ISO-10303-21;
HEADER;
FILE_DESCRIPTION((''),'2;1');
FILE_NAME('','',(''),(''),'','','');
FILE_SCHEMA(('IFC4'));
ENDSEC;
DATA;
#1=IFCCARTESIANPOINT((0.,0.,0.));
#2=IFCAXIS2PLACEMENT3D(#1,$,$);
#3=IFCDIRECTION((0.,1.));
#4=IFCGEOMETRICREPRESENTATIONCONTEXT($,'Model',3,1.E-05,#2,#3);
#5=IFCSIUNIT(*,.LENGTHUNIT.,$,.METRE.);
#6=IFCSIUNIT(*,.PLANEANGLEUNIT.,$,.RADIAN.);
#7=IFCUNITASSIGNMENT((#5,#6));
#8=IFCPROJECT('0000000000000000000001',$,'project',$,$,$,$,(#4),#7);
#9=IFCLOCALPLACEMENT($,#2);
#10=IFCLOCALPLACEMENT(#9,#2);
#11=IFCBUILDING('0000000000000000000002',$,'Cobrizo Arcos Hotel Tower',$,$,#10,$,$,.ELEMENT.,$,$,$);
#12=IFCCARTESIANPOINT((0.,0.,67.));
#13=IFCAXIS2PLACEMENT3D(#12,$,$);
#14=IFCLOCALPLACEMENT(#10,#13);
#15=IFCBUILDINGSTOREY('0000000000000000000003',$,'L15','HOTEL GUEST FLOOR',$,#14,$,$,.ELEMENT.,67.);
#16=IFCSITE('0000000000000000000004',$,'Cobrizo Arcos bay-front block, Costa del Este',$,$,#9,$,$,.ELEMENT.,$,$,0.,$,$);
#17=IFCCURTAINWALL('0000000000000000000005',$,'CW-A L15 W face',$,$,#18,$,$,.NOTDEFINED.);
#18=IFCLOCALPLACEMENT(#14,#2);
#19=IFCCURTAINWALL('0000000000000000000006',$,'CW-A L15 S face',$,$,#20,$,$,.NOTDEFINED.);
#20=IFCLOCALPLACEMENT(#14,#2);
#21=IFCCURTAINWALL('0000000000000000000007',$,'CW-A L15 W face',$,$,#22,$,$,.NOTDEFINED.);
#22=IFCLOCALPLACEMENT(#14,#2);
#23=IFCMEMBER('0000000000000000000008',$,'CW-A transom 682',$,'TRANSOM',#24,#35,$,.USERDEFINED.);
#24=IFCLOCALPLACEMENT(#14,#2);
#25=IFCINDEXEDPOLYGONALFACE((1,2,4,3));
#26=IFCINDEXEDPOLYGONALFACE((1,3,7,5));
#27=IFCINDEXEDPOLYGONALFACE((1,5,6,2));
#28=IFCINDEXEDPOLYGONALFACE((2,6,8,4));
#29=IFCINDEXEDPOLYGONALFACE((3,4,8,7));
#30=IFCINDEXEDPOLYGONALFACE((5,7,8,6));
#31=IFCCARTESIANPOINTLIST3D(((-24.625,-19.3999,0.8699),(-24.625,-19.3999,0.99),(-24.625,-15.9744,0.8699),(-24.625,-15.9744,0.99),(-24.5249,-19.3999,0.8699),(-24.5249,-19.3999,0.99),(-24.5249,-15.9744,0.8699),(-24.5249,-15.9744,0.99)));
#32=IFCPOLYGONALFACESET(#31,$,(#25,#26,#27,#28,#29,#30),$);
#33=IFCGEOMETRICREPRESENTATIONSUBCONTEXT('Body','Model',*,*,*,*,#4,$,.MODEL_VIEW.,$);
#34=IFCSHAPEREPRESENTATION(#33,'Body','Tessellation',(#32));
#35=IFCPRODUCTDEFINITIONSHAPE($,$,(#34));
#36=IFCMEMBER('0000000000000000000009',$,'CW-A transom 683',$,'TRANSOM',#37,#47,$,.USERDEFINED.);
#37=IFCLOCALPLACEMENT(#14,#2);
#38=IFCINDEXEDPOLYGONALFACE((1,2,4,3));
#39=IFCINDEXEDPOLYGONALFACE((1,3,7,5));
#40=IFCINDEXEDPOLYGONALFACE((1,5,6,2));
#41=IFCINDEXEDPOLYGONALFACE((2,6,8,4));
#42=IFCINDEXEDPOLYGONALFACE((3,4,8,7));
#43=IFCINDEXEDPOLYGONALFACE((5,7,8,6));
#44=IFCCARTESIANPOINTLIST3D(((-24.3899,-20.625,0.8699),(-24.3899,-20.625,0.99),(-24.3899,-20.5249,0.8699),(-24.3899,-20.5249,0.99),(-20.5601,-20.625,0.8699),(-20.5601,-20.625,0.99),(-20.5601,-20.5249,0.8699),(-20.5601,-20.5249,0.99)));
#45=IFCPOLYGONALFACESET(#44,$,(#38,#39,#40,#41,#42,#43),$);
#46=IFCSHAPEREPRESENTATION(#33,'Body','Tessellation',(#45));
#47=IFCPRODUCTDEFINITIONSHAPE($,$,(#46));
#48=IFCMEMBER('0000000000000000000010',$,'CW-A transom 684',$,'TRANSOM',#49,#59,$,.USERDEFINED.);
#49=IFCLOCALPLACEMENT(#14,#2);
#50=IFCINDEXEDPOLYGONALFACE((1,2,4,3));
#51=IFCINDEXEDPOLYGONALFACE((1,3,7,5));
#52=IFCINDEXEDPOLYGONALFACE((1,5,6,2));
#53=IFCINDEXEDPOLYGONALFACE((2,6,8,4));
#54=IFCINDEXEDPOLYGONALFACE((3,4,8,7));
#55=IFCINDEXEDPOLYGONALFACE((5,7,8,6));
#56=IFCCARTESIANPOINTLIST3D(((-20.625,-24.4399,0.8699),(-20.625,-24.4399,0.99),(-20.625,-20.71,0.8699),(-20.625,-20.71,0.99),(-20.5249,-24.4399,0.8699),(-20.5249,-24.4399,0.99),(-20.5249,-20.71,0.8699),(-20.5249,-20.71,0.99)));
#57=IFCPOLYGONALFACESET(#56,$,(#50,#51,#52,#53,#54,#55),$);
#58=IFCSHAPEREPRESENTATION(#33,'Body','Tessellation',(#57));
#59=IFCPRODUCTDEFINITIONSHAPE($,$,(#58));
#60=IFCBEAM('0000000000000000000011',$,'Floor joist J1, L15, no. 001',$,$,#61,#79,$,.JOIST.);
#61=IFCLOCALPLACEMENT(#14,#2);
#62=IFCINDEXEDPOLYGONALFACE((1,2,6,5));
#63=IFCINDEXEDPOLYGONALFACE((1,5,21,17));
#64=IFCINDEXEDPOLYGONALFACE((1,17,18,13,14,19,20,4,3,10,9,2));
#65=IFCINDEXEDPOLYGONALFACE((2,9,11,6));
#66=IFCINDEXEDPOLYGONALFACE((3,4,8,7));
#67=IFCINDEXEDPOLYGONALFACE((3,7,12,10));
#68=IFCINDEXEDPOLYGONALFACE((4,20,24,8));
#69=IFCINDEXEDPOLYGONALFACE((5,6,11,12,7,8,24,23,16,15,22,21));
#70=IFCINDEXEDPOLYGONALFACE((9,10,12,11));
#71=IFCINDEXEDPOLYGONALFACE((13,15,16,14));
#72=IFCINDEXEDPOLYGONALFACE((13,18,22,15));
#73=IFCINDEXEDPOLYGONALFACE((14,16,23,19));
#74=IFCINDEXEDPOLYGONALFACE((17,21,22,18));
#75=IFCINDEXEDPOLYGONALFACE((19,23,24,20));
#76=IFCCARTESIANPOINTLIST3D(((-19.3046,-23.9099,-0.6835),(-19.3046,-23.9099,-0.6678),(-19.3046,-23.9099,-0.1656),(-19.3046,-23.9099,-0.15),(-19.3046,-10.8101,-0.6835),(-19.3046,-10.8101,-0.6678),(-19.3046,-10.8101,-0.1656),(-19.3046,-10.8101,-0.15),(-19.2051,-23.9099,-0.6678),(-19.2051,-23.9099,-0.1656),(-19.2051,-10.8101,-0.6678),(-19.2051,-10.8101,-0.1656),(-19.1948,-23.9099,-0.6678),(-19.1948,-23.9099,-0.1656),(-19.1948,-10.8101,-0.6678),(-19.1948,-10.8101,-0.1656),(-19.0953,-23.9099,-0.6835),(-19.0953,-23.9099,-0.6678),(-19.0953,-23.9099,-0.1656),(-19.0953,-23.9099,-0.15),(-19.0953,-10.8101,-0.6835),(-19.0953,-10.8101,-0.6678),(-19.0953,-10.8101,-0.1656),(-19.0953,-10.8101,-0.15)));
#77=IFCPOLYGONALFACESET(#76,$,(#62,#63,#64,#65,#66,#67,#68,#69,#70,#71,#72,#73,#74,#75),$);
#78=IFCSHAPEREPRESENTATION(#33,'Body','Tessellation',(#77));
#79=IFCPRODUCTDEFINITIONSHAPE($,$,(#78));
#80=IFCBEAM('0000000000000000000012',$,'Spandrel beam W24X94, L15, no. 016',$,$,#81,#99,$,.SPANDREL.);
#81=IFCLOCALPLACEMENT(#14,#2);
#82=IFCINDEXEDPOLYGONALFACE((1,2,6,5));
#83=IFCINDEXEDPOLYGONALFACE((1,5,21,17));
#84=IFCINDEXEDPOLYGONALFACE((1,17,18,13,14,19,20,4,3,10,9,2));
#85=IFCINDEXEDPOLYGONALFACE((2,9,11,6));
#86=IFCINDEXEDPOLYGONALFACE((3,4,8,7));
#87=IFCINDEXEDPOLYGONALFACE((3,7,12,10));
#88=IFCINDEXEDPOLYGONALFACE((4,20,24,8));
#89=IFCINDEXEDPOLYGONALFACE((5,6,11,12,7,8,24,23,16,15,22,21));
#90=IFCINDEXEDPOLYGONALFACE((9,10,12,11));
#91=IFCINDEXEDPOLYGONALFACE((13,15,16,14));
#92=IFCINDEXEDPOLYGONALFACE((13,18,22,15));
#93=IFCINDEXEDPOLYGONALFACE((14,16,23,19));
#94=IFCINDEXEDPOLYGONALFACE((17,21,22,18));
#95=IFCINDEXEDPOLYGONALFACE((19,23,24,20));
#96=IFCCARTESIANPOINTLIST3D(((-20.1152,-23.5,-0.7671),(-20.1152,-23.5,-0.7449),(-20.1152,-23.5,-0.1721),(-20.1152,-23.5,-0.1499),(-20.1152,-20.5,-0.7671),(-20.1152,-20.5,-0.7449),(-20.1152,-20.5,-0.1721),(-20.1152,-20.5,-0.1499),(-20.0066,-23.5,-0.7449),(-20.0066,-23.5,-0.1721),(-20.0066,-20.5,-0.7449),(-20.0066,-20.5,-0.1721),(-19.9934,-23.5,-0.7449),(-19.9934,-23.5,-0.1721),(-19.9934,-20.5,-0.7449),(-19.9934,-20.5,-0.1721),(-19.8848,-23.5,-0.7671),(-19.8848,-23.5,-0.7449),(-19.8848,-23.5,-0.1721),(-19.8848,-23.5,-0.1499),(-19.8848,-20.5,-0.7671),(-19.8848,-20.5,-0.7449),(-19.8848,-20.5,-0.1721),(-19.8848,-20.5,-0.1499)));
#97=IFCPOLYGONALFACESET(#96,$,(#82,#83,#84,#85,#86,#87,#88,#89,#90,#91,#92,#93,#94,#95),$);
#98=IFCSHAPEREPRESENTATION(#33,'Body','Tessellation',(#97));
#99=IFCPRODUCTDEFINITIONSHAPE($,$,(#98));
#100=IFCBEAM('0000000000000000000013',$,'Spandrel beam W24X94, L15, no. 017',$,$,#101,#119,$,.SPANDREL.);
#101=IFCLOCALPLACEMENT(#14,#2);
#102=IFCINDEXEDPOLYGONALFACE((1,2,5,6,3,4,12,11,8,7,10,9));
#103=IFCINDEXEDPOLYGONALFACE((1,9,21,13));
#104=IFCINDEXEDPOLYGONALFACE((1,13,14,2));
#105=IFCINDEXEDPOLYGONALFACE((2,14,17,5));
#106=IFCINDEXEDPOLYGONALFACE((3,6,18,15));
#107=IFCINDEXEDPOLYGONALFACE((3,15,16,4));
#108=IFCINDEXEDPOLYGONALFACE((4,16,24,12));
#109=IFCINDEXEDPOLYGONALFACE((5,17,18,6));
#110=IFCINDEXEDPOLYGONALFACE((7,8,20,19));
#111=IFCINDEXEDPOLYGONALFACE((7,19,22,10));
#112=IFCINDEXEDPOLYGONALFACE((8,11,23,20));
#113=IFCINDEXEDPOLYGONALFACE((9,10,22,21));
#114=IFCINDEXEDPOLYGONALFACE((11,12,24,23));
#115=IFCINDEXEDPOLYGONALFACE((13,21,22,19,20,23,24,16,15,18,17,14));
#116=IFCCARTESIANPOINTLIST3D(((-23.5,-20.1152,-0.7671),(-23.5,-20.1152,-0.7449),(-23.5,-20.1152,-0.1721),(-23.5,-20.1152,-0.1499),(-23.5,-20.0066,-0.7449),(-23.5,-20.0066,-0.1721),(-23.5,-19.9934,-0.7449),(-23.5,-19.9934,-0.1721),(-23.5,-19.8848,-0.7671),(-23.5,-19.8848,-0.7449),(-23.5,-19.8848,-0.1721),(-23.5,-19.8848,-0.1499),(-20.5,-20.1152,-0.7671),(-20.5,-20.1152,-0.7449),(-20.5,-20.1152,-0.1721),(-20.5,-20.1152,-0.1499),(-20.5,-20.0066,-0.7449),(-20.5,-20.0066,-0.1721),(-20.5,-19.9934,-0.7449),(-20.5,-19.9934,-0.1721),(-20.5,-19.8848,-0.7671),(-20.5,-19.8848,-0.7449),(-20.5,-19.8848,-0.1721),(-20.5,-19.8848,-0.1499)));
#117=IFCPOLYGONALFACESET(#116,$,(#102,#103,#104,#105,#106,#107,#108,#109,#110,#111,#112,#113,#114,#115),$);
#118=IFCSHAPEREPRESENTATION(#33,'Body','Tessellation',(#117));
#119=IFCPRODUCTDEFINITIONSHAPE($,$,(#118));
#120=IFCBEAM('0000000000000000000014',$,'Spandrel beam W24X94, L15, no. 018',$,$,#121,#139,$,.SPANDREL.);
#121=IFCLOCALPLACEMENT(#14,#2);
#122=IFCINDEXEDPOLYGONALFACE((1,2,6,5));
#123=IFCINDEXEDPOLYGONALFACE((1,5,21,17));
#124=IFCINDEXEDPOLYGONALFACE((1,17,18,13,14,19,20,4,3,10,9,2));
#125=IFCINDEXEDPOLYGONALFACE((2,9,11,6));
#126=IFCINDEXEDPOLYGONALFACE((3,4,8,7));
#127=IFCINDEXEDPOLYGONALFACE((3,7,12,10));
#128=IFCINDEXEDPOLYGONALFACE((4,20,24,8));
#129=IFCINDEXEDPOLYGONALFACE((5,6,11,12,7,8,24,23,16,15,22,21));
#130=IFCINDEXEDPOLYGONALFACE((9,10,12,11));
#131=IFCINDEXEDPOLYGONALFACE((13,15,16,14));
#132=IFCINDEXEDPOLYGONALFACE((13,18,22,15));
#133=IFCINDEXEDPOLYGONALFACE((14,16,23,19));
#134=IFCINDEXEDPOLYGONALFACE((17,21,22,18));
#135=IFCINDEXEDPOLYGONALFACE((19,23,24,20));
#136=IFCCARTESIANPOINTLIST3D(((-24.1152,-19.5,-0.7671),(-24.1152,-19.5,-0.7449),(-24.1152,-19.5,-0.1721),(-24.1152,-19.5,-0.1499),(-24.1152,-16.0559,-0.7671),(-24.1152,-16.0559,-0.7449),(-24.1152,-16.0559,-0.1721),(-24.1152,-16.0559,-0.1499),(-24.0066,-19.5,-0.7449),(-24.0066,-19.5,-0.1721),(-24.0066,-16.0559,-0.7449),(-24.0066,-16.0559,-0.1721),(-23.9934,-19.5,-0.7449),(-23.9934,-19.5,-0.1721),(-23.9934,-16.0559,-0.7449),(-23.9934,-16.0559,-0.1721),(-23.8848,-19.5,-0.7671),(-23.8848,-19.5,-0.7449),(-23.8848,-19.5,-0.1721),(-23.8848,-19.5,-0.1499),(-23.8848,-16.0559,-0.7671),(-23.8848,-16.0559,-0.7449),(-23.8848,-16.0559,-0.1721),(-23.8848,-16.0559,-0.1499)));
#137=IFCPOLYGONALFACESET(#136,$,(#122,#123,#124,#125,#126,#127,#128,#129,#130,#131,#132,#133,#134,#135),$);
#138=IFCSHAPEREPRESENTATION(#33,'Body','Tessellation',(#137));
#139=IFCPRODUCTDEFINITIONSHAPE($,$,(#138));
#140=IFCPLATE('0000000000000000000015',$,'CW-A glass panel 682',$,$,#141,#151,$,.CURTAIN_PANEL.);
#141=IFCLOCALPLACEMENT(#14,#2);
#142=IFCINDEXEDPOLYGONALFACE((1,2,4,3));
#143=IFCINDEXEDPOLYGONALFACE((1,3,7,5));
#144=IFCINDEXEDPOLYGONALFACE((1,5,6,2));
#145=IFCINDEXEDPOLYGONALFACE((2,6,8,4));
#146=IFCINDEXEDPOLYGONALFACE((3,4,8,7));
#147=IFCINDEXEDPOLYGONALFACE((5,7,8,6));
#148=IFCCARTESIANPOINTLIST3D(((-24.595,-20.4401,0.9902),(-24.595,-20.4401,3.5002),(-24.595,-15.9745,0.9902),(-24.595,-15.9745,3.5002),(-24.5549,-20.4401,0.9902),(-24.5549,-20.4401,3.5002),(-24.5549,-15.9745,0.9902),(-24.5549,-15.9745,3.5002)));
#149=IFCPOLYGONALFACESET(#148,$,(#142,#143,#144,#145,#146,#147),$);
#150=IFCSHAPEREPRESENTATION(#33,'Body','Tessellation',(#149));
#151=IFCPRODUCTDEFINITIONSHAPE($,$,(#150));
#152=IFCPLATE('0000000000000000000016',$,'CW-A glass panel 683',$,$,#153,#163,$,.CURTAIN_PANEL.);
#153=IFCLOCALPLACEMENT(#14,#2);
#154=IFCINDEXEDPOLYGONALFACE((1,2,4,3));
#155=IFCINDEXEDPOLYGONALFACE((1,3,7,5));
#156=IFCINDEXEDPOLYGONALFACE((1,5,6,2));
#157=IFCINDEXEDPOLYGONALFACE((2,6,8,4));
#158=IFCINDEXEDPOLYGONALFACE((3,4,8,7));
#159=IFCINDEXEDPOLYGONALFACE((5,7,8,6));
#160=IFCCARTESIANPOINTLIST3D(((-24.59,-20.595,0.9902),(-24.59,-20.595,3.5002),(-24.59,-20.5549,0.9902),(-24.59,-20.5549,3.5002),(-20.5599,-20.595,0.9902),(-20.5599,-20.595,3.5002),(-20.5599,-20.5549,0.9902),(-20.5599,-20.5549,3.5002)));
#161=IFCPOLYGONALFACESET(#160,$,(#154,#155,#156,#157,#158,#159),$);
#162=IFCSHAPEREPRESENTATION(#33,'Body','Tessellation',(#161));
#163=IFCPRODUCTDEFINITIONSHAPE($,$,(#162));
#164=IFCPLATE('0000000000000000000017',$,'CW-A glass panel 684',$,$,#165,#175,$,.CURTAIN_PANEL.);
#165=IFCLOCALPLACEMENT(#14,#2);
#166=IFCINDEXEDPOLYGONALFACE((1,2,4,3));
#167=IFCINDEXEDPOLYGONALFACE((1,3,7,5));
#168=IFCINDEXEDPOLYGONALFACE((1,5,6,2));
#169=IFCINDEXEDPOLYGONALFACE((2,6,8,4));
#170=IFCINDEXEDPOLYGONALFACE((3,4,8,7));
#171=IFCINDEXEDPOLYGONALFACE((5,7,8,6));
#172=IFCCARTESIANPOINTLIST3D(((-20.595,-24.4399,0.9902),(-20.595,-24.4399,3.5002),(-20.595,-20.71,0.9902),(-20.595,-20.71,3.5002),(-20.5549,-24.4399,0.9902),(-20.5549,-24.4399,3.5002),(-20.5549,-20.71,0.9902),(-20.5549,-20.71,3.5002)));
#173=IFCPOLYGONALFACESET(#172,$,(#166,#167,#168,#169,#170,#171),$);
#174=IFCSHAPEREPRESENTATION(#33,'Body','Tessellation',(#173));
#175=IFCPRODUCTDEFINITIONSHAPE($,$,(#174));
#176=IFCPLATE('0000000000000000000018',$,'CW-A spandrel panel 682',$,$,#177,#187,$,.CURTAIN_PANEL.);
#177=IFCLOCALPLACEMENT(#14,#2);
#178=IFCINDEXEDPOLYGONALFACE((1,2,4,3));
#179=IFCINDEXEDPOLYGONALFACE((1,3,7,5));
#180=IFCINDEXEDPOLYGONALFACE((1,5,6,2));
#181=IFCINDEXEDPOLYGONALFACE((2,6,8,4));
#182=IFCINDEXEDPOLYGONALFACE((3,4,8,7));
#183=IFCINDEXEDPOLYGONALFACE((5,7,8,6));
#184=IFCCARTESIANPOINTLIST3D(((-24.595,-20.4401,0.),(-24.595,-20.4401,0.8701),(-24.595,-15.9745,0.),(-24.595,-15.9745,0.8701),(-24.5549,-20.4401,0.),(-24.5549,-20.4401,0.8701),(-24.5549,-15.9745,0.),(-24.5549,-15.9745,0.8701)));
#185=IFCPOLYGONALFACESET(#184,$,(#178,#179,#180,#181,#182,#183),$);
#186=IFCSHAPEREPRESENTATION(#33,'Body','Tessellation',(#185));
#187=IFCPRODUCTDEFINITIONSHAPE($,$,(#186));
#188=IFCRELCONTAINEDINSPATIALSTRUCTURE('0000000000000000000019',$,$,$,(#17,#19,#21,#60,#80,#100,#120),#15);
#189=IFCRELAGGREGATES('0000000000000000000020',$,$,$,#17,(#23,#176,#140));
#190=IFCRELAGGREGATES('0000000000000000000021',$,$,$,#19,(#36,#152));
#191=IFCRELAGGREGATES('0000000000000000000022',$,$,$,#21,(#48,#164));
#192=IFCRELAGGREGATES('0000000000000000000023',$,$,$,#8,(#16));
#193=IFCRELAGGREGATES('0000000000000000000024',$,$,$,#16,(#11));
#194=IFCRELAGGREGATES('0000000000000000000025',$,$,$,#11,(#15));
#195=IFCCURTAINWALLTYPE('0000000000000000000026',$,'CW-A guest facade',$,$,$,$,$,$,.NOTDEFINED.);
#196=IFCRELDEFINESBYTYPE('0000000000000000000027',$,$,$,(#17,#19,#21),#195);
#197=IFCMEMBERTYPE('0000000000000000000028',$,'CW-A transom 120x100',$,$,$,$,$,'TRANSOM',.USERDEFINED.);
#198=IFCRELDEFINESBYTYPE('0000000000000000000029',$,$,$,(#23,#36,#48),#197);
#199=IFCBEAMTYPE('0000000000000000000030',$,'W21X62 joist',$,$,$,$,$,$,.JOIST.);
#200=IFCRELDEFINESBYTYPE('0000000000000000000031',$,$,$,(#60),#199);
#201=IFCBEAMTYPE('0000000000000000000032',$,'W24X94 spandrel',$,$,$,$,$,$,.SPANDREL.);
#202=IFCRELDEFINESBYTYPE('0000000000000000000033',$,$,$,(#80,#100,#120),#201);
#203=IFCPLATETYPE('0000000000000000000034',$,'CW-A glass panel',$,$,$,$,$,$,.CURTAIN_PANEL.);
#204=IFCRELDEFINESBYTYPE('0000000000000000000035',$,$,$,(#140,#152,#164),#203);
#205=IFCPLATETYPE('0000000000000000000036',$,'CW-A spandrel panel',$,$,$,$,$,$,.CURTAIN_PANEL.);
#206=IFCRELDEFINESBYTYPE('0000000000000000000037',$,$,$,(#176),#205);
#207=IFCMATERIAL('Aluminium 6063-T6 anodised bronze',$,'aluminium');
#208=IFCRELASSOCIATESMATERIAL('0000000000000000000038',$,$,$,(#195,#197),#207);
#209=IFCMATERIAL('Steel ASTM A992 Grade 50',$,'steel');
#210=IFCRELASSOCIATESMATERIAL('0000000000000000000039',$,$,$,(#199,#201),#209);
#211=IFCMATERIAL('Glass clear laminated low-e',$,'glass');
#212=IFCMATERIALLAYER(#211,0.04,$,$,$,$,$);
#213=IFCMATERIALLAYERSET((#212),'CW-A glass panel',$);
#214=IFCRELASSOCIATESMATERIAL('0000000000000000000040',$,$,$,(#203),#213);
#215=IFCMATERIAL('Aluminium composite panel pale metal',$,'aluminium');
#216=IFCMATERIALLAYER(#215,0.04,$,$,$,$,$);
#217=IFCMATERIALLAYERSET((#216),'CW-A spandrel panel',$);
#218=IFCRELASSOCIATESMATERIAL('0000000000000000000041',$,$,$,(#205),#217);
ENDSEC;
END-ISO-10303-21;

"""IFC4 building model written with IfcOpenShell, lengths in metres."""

from ifc_helpers import new_model, si_unit, direction, frame, origin, origin_2d, place, context, subcontext, project, spatial, rectangle, i_section, extrude, material, layer, layer_set, material_profile, profile_set, type_object, element, aggregate, save


model = new_model("IFC4")

# Units and contexts
model_context = context("Model", 3, precision=1e-05, world=origin(), true_north=direction((0.0, 1.0)))
body_context = subcontext(model_context, "Body", "Model", "MODEL_VIEW")
ifc_project = project(units=[si_unit("LENGTHUNIT", "METRE"), si_unit("PLANEANGLEUNIT", "RADIAN")], contexts=[model_context])

# Site, building, storey
site_placement = place(None, origin())
site = spatial("IfcSite", under=ifc_project, at=site_placement, Name="Cobrizo Arcos bay-front block, Costa del Este", CompositionType="ELEMENT", RefElevation=0.0)
building_placement = place(site_placement, origin())
building = spatial("IfcBuilding", under=site, at=building_placement, Name="Cobrizo Arcos Hotel Tower", CompositionType="ELEMENT")
storey_placement = place(building_placement, frame((0.0, 0.0, 67.0)))
storey = spatial("IfcBuildingStorey", under=building, at=storey_placement, Name="L15", Description="HOTEL GUEST FLOOR", CompositionType="ELEMENT", Elevation=67.0)

# Shared definitions
ifc_material_1 = material(Name="Aluminium 6063-T6 anodised bronze", Category="aluminium")
curtain_wall_type = type_object("IfcCurtainWallType", Name="CW-A guest facade", PredefinedType="NOTDEFINED", material=ifc_material_1)

# Curtain walls
curtain_wall_1_placement = place(storey_placement, origin())
curtain_wall_1 = element("IfcCurtainWall", 1, at=curtain_wall_1_placement, inside=storey, type_object=curtain_wall_type, Name="CW-A L15 W face", PredefinedType="NOTDEFINED")
curtain_wall_2_placement = place(storey_placement, origin())
curtain_wall_2 = element("IfcCurtainWall", 2, at=curtain_wall_2_placement, inside=storey, type_object=curtain_wall_type, Name="CW-A L15 S face", PredefinedType="NOTDEFINED")
curtain_wall_3_placement = place(storey_placement, origin())
curtain_wall_3 = element("IfcCurtainWall", 3, at=curtain_wall_3_placement, inside=storey, type_object=curtain_wall_type, Name="CW-A L15 W face", PredefinedType="NOTDEFINED")

# Members
ifc_material_profile_1 = material_profile(ifc_material_1, rectangle(XDim=0.1001, YDim=0.1201, at=origin_2d()), Name="CW-A transom 120x100")
ifc_profile_set_1 = profile_set([ifc_material_profile_1], Name="Aluminium 6063-T6 anodised bronze")
member_type_1 = type_object("IfcMemberType", Name="CW-A transom 120x100", ElementType="TRANSOM", PredefinedType="USERDEFINED", material=ifc_profile_set_1)
member_1_placement = place(storey_placement, frame((-24.575, -15.9744, 0.9299), z_axis=(0.0, -1.0, 0.0), x_axis=(1.0, 0.0, 0.0)))
member_1 = element("IfcMember", 4, at=member_1_placement, type_object=member_type_1, Name="CW-A transom 682", ObjectType="TRANSOM", PredefinedType="USERDEFINED", context=body_context, shape_type="SweptSolid", body=[
    extrude(rectangle(XDim=0.1001, YDim=0.1201, at=origin_2d()), origin(), (0.0, 0.0, 1.0), 3.4255),
])
member_2_placement = place(storey_placement, frame((-24.3899, -20.575, 0.9299), z_axis=(1.0, 0.0, 0.0), x_axis=(0.0, 1.0, 0.0)))
member_2 = element("IfcMember", 5, at=member_2_placement, type_object=member_type_1, Name="CW-A transom 683", ObjectType="TRANSOM", PredefinedType="USERDEFINED", context=body_context, shape_type="SweptSolid", body=[
    extrude(rectangle(XDim=0.1001, YDim=0.1201, at=origin_2d()), origin(), (0.0, 0.0, 1.0), 3.8298),
])
member_3_placement = place(storey_placement, frame((-20.575, -20.71, 0.9299), z_axis=(0.0, -1.0, 0.0), x_axis=(1.0, 0.0, 0.0)))
member_3 = element("IfcMember", 6, at=member_3_placement, type_object=member_type_1, Name="CW-A transom 684", ObjectType="TRANSOM", PredefinedType="USERDEFINED", context=body_context, shape_type="SweptSolid", body=[
    extrude(rectangle(XDim=0.1001, YDim=0.1201, at=origin_2d()), origin(), (0.0, 0.0, 1.0), 3.73),
])

# Beams
ifc_material_2 = material(Name="Steel ASTM A992 Grade 50", Category="steel")
ifc_material_profile_2 = material_profile(ifc_material_2, i_section(OverallWidth=0.2092, OverallDepth=0.5334, WebThickness=0.0103, FlangeThickness=0.0156, at=origin_2d()), Name="W21X62")
ifc_profile_set_2 = profile_set([ifc_material_profile_2], Name="Steel ASTM A992 Grade 50")
beam_type_1 = type_object("IfcBeamType", Name="W21X62 joist", PredefinedType="JOIST", material=ifc_profile_set_2)
beam_1_placement = place(storey_placement, frame((-19.2, -23.9099, -0.4167), z_axis=(0.0, 1.0, 0.0), x_axis=(-1.0, 0.0, 0.0)))
element("IfcBeam", 7, at=beam_1_placement, inside=storey, type_object=beam_type_1, Name="Floor joist J1, L15, no. 001", PredefinedType="JOIST", context=body_context, shape_type="SweptSolid", body=[
    extrude(i_section(OverallWidth=0.2092, OverallDepth=0.5334, WebThickness=0.0103, FlangeThickness=0.0156, at=origin_2d()), origin(), (0.0, 0.0, 1.0), 13.0999),
])
ifc_material_profile_3 = material_profile(ifc_material_2, i_section(OverallWidth=0.2305, OverallDepth=0.6172, WebThickness=0.0132, FlangeThickness=0.0222, at=origin_2d()), Name="W24X94")
ifc_profile_set_3 = profile_set([ifc_material_profile_3], Name="Steel ASTM A992 Grade 50")
beam_type_2 = type_object("IfcBeamType", Name="W24X94 spandrel", PredefinedType="SPANDREL", material=ifc_profile_set_3)
for number, where, z_axis, x_axis, name in (
    (8, (-20.0, -23.5, -0.4585), (0.0, 1.0, 0.0), (-1.0, 0.0, 0.0), "Spandrel beam W24X94, L15, no. 016"),
    (9, (-20.5, -20.0, -0.4585), (-1.0, 0.0, 0.0), (0.0, -1.0, 0.0), "Spandrel beam W24X94, L15, no. 017"),
):
    element("IfcBeam", number, at=place(storey_placement, frame(where, z_axis=z_axis, x_axis=x_axis)), inside=storey, type_object=beam_type_2, Name=name, PredefinedType="SPANDREL", context=body_context, shape_type="SweptSolid", body=[
        extrude(i_section(OverallWidth=0.2305, OverallDepth=0.6172, WebThickness=0.0132, FlangeThickness=0.0222, at=origin_2d()), origin(), (0.0, 0.0, 1.0), 3.0),
    ])
beam_2_placement = place(storey_placement, frame((-24.0, -19.5, -0.4585), z_axis=(0.0, 1.0, 0.0), x_axis=(-1.0, 0.0, 0.0)))
element("IfcBeam", 10, at=beam_2_placement, inside=storey, type_object=beam_type_2, Name="Spandrel beam W24X94, L15, no. 018", PredefinedType="SPANDREL", context=body_context, shape_type="SweptSolid", body=[
    extrude(i_section(OverallWidth=0.2305, OverallDepth=0.6172, WebThickness=0.0132, FlangeThickness=0.0222, at=origin_2d()), origin(), (0.0, 0.0, 1.0), 3.4441),
])

# Plates
ifc_material_3 = material(Name="Glass clear laminated low-e", Category="glass")
ifc_layer_1 = layer(ifc_material_3, 0.04)
ifc_layer_set_1 = layer_set([ifc_layer_1], Name="CW-A glass panel")
plate_type_1 = type_object("IfcPlateType", Name="CW-A glass panel", PredefinedType="CURTAIN_PANEL", material=ifc_layer_set_1)
plate_1_placement = place(storey_placement, frame((-24.575, -18.2073, 0.9902), z_axis=(0.0, 0.0, 1.0), x_axis=(0.0, -1.0, 0.0)))
plate_1 = element("IfcPlate", 11, at=plate_1_placement, type_object=plate_type_1, Name="CW-A glass panel 682", PredefinedType="CURTAIN_PANEL", context=body_context, shape_type="SweptSolid", body=[
    extrude(rectangle(XDim=4.4656, YDim=0.04, at=origin_2d()), origin(), (0.0, 0.0, 1.0), 2.51),
])
plate_2_placement = place(storey_placement, frame((-22.575, -20.575, 0.9902), z_axis=(0.0, 0.0, 1.0), x_axis=(1.0, 0.0, 0.0)))
plate_2 = element("IfcPlate", 12, at=plate_2_placement, type_object=plate_type_1, Name="CW-A glass panel 683", PredefinedType="CURTAIN_PANEL", context=body_context, shape_type="SweptSolid", body=[
    extrude(rectangle(XDim=4.03, YDim=0.04, at=origin_2d()), origin(), (0.0, 0.0, 1.0), 2.51),
])
plate_3_placement = place(storey_placement, frame((-20.575, -22.575, 0.9902), z_axis=(0.0, 0.0, 1.0), x_axis=(0.0, -1.0, 0.0)))
plate_3 = element("IfcPlate", 13, at=plate_3_placement, type_object=plate_type_1, Name="CW-A glass panel 684", PredefinedType="CURTAIN_PANEL", context=body_context, shape_type="SweptSolid", body=[
    extrude(rectangle(XDim=3.73, YDim=0.04, at=origin_2d()), origin(), (0.0, 0.0, 1.0), 2.51),
])
ifc_material_4 = material(Name="Aluminium composite panel pale metal", Category="aluminium")
ifc_layer_2 = layer(ifc_material_4, 0.04)
ifc_layer_set_2 = layer_set([ifc_layer_2], Name="CW-A spandrel panel")
plate_type_2 = type_object("IfcPlateType", Name="CW-A spandrel panel", PredefinedType="CURTAIN_PANEL", material=ifc_layer_set_2)
plate_4_placement = place(storey_placement, frame((-24.575, -18.2073, 0.0), z_axis=(0.0, 0.0, 1.0), x_axis=(0.0, -1.0, 0.0)))
plate_4 = element("IfcPlate", 14, at=plate_4_placement, type_object=plate_type_2, Name="CW-A spandrel panel 682", PredefinedType="CURTAIN_PANEL", context=body_context, shape_type="SweptSolid", body=[
    extrude(rectangle(XDim=4.4656, YDim=0.04, at=origin_2d()), origin(), (0.0, 0.0, 1.0), 0.8701),
])
aggregate(curtain_wall_1, [member_1, plate_4, plate_1])
aggregate(curtain_wall_2, [member_2, plate_2])
aggregate(curtain_wall_3, [member_3, plate_3])

save(model, "model.ifc")
